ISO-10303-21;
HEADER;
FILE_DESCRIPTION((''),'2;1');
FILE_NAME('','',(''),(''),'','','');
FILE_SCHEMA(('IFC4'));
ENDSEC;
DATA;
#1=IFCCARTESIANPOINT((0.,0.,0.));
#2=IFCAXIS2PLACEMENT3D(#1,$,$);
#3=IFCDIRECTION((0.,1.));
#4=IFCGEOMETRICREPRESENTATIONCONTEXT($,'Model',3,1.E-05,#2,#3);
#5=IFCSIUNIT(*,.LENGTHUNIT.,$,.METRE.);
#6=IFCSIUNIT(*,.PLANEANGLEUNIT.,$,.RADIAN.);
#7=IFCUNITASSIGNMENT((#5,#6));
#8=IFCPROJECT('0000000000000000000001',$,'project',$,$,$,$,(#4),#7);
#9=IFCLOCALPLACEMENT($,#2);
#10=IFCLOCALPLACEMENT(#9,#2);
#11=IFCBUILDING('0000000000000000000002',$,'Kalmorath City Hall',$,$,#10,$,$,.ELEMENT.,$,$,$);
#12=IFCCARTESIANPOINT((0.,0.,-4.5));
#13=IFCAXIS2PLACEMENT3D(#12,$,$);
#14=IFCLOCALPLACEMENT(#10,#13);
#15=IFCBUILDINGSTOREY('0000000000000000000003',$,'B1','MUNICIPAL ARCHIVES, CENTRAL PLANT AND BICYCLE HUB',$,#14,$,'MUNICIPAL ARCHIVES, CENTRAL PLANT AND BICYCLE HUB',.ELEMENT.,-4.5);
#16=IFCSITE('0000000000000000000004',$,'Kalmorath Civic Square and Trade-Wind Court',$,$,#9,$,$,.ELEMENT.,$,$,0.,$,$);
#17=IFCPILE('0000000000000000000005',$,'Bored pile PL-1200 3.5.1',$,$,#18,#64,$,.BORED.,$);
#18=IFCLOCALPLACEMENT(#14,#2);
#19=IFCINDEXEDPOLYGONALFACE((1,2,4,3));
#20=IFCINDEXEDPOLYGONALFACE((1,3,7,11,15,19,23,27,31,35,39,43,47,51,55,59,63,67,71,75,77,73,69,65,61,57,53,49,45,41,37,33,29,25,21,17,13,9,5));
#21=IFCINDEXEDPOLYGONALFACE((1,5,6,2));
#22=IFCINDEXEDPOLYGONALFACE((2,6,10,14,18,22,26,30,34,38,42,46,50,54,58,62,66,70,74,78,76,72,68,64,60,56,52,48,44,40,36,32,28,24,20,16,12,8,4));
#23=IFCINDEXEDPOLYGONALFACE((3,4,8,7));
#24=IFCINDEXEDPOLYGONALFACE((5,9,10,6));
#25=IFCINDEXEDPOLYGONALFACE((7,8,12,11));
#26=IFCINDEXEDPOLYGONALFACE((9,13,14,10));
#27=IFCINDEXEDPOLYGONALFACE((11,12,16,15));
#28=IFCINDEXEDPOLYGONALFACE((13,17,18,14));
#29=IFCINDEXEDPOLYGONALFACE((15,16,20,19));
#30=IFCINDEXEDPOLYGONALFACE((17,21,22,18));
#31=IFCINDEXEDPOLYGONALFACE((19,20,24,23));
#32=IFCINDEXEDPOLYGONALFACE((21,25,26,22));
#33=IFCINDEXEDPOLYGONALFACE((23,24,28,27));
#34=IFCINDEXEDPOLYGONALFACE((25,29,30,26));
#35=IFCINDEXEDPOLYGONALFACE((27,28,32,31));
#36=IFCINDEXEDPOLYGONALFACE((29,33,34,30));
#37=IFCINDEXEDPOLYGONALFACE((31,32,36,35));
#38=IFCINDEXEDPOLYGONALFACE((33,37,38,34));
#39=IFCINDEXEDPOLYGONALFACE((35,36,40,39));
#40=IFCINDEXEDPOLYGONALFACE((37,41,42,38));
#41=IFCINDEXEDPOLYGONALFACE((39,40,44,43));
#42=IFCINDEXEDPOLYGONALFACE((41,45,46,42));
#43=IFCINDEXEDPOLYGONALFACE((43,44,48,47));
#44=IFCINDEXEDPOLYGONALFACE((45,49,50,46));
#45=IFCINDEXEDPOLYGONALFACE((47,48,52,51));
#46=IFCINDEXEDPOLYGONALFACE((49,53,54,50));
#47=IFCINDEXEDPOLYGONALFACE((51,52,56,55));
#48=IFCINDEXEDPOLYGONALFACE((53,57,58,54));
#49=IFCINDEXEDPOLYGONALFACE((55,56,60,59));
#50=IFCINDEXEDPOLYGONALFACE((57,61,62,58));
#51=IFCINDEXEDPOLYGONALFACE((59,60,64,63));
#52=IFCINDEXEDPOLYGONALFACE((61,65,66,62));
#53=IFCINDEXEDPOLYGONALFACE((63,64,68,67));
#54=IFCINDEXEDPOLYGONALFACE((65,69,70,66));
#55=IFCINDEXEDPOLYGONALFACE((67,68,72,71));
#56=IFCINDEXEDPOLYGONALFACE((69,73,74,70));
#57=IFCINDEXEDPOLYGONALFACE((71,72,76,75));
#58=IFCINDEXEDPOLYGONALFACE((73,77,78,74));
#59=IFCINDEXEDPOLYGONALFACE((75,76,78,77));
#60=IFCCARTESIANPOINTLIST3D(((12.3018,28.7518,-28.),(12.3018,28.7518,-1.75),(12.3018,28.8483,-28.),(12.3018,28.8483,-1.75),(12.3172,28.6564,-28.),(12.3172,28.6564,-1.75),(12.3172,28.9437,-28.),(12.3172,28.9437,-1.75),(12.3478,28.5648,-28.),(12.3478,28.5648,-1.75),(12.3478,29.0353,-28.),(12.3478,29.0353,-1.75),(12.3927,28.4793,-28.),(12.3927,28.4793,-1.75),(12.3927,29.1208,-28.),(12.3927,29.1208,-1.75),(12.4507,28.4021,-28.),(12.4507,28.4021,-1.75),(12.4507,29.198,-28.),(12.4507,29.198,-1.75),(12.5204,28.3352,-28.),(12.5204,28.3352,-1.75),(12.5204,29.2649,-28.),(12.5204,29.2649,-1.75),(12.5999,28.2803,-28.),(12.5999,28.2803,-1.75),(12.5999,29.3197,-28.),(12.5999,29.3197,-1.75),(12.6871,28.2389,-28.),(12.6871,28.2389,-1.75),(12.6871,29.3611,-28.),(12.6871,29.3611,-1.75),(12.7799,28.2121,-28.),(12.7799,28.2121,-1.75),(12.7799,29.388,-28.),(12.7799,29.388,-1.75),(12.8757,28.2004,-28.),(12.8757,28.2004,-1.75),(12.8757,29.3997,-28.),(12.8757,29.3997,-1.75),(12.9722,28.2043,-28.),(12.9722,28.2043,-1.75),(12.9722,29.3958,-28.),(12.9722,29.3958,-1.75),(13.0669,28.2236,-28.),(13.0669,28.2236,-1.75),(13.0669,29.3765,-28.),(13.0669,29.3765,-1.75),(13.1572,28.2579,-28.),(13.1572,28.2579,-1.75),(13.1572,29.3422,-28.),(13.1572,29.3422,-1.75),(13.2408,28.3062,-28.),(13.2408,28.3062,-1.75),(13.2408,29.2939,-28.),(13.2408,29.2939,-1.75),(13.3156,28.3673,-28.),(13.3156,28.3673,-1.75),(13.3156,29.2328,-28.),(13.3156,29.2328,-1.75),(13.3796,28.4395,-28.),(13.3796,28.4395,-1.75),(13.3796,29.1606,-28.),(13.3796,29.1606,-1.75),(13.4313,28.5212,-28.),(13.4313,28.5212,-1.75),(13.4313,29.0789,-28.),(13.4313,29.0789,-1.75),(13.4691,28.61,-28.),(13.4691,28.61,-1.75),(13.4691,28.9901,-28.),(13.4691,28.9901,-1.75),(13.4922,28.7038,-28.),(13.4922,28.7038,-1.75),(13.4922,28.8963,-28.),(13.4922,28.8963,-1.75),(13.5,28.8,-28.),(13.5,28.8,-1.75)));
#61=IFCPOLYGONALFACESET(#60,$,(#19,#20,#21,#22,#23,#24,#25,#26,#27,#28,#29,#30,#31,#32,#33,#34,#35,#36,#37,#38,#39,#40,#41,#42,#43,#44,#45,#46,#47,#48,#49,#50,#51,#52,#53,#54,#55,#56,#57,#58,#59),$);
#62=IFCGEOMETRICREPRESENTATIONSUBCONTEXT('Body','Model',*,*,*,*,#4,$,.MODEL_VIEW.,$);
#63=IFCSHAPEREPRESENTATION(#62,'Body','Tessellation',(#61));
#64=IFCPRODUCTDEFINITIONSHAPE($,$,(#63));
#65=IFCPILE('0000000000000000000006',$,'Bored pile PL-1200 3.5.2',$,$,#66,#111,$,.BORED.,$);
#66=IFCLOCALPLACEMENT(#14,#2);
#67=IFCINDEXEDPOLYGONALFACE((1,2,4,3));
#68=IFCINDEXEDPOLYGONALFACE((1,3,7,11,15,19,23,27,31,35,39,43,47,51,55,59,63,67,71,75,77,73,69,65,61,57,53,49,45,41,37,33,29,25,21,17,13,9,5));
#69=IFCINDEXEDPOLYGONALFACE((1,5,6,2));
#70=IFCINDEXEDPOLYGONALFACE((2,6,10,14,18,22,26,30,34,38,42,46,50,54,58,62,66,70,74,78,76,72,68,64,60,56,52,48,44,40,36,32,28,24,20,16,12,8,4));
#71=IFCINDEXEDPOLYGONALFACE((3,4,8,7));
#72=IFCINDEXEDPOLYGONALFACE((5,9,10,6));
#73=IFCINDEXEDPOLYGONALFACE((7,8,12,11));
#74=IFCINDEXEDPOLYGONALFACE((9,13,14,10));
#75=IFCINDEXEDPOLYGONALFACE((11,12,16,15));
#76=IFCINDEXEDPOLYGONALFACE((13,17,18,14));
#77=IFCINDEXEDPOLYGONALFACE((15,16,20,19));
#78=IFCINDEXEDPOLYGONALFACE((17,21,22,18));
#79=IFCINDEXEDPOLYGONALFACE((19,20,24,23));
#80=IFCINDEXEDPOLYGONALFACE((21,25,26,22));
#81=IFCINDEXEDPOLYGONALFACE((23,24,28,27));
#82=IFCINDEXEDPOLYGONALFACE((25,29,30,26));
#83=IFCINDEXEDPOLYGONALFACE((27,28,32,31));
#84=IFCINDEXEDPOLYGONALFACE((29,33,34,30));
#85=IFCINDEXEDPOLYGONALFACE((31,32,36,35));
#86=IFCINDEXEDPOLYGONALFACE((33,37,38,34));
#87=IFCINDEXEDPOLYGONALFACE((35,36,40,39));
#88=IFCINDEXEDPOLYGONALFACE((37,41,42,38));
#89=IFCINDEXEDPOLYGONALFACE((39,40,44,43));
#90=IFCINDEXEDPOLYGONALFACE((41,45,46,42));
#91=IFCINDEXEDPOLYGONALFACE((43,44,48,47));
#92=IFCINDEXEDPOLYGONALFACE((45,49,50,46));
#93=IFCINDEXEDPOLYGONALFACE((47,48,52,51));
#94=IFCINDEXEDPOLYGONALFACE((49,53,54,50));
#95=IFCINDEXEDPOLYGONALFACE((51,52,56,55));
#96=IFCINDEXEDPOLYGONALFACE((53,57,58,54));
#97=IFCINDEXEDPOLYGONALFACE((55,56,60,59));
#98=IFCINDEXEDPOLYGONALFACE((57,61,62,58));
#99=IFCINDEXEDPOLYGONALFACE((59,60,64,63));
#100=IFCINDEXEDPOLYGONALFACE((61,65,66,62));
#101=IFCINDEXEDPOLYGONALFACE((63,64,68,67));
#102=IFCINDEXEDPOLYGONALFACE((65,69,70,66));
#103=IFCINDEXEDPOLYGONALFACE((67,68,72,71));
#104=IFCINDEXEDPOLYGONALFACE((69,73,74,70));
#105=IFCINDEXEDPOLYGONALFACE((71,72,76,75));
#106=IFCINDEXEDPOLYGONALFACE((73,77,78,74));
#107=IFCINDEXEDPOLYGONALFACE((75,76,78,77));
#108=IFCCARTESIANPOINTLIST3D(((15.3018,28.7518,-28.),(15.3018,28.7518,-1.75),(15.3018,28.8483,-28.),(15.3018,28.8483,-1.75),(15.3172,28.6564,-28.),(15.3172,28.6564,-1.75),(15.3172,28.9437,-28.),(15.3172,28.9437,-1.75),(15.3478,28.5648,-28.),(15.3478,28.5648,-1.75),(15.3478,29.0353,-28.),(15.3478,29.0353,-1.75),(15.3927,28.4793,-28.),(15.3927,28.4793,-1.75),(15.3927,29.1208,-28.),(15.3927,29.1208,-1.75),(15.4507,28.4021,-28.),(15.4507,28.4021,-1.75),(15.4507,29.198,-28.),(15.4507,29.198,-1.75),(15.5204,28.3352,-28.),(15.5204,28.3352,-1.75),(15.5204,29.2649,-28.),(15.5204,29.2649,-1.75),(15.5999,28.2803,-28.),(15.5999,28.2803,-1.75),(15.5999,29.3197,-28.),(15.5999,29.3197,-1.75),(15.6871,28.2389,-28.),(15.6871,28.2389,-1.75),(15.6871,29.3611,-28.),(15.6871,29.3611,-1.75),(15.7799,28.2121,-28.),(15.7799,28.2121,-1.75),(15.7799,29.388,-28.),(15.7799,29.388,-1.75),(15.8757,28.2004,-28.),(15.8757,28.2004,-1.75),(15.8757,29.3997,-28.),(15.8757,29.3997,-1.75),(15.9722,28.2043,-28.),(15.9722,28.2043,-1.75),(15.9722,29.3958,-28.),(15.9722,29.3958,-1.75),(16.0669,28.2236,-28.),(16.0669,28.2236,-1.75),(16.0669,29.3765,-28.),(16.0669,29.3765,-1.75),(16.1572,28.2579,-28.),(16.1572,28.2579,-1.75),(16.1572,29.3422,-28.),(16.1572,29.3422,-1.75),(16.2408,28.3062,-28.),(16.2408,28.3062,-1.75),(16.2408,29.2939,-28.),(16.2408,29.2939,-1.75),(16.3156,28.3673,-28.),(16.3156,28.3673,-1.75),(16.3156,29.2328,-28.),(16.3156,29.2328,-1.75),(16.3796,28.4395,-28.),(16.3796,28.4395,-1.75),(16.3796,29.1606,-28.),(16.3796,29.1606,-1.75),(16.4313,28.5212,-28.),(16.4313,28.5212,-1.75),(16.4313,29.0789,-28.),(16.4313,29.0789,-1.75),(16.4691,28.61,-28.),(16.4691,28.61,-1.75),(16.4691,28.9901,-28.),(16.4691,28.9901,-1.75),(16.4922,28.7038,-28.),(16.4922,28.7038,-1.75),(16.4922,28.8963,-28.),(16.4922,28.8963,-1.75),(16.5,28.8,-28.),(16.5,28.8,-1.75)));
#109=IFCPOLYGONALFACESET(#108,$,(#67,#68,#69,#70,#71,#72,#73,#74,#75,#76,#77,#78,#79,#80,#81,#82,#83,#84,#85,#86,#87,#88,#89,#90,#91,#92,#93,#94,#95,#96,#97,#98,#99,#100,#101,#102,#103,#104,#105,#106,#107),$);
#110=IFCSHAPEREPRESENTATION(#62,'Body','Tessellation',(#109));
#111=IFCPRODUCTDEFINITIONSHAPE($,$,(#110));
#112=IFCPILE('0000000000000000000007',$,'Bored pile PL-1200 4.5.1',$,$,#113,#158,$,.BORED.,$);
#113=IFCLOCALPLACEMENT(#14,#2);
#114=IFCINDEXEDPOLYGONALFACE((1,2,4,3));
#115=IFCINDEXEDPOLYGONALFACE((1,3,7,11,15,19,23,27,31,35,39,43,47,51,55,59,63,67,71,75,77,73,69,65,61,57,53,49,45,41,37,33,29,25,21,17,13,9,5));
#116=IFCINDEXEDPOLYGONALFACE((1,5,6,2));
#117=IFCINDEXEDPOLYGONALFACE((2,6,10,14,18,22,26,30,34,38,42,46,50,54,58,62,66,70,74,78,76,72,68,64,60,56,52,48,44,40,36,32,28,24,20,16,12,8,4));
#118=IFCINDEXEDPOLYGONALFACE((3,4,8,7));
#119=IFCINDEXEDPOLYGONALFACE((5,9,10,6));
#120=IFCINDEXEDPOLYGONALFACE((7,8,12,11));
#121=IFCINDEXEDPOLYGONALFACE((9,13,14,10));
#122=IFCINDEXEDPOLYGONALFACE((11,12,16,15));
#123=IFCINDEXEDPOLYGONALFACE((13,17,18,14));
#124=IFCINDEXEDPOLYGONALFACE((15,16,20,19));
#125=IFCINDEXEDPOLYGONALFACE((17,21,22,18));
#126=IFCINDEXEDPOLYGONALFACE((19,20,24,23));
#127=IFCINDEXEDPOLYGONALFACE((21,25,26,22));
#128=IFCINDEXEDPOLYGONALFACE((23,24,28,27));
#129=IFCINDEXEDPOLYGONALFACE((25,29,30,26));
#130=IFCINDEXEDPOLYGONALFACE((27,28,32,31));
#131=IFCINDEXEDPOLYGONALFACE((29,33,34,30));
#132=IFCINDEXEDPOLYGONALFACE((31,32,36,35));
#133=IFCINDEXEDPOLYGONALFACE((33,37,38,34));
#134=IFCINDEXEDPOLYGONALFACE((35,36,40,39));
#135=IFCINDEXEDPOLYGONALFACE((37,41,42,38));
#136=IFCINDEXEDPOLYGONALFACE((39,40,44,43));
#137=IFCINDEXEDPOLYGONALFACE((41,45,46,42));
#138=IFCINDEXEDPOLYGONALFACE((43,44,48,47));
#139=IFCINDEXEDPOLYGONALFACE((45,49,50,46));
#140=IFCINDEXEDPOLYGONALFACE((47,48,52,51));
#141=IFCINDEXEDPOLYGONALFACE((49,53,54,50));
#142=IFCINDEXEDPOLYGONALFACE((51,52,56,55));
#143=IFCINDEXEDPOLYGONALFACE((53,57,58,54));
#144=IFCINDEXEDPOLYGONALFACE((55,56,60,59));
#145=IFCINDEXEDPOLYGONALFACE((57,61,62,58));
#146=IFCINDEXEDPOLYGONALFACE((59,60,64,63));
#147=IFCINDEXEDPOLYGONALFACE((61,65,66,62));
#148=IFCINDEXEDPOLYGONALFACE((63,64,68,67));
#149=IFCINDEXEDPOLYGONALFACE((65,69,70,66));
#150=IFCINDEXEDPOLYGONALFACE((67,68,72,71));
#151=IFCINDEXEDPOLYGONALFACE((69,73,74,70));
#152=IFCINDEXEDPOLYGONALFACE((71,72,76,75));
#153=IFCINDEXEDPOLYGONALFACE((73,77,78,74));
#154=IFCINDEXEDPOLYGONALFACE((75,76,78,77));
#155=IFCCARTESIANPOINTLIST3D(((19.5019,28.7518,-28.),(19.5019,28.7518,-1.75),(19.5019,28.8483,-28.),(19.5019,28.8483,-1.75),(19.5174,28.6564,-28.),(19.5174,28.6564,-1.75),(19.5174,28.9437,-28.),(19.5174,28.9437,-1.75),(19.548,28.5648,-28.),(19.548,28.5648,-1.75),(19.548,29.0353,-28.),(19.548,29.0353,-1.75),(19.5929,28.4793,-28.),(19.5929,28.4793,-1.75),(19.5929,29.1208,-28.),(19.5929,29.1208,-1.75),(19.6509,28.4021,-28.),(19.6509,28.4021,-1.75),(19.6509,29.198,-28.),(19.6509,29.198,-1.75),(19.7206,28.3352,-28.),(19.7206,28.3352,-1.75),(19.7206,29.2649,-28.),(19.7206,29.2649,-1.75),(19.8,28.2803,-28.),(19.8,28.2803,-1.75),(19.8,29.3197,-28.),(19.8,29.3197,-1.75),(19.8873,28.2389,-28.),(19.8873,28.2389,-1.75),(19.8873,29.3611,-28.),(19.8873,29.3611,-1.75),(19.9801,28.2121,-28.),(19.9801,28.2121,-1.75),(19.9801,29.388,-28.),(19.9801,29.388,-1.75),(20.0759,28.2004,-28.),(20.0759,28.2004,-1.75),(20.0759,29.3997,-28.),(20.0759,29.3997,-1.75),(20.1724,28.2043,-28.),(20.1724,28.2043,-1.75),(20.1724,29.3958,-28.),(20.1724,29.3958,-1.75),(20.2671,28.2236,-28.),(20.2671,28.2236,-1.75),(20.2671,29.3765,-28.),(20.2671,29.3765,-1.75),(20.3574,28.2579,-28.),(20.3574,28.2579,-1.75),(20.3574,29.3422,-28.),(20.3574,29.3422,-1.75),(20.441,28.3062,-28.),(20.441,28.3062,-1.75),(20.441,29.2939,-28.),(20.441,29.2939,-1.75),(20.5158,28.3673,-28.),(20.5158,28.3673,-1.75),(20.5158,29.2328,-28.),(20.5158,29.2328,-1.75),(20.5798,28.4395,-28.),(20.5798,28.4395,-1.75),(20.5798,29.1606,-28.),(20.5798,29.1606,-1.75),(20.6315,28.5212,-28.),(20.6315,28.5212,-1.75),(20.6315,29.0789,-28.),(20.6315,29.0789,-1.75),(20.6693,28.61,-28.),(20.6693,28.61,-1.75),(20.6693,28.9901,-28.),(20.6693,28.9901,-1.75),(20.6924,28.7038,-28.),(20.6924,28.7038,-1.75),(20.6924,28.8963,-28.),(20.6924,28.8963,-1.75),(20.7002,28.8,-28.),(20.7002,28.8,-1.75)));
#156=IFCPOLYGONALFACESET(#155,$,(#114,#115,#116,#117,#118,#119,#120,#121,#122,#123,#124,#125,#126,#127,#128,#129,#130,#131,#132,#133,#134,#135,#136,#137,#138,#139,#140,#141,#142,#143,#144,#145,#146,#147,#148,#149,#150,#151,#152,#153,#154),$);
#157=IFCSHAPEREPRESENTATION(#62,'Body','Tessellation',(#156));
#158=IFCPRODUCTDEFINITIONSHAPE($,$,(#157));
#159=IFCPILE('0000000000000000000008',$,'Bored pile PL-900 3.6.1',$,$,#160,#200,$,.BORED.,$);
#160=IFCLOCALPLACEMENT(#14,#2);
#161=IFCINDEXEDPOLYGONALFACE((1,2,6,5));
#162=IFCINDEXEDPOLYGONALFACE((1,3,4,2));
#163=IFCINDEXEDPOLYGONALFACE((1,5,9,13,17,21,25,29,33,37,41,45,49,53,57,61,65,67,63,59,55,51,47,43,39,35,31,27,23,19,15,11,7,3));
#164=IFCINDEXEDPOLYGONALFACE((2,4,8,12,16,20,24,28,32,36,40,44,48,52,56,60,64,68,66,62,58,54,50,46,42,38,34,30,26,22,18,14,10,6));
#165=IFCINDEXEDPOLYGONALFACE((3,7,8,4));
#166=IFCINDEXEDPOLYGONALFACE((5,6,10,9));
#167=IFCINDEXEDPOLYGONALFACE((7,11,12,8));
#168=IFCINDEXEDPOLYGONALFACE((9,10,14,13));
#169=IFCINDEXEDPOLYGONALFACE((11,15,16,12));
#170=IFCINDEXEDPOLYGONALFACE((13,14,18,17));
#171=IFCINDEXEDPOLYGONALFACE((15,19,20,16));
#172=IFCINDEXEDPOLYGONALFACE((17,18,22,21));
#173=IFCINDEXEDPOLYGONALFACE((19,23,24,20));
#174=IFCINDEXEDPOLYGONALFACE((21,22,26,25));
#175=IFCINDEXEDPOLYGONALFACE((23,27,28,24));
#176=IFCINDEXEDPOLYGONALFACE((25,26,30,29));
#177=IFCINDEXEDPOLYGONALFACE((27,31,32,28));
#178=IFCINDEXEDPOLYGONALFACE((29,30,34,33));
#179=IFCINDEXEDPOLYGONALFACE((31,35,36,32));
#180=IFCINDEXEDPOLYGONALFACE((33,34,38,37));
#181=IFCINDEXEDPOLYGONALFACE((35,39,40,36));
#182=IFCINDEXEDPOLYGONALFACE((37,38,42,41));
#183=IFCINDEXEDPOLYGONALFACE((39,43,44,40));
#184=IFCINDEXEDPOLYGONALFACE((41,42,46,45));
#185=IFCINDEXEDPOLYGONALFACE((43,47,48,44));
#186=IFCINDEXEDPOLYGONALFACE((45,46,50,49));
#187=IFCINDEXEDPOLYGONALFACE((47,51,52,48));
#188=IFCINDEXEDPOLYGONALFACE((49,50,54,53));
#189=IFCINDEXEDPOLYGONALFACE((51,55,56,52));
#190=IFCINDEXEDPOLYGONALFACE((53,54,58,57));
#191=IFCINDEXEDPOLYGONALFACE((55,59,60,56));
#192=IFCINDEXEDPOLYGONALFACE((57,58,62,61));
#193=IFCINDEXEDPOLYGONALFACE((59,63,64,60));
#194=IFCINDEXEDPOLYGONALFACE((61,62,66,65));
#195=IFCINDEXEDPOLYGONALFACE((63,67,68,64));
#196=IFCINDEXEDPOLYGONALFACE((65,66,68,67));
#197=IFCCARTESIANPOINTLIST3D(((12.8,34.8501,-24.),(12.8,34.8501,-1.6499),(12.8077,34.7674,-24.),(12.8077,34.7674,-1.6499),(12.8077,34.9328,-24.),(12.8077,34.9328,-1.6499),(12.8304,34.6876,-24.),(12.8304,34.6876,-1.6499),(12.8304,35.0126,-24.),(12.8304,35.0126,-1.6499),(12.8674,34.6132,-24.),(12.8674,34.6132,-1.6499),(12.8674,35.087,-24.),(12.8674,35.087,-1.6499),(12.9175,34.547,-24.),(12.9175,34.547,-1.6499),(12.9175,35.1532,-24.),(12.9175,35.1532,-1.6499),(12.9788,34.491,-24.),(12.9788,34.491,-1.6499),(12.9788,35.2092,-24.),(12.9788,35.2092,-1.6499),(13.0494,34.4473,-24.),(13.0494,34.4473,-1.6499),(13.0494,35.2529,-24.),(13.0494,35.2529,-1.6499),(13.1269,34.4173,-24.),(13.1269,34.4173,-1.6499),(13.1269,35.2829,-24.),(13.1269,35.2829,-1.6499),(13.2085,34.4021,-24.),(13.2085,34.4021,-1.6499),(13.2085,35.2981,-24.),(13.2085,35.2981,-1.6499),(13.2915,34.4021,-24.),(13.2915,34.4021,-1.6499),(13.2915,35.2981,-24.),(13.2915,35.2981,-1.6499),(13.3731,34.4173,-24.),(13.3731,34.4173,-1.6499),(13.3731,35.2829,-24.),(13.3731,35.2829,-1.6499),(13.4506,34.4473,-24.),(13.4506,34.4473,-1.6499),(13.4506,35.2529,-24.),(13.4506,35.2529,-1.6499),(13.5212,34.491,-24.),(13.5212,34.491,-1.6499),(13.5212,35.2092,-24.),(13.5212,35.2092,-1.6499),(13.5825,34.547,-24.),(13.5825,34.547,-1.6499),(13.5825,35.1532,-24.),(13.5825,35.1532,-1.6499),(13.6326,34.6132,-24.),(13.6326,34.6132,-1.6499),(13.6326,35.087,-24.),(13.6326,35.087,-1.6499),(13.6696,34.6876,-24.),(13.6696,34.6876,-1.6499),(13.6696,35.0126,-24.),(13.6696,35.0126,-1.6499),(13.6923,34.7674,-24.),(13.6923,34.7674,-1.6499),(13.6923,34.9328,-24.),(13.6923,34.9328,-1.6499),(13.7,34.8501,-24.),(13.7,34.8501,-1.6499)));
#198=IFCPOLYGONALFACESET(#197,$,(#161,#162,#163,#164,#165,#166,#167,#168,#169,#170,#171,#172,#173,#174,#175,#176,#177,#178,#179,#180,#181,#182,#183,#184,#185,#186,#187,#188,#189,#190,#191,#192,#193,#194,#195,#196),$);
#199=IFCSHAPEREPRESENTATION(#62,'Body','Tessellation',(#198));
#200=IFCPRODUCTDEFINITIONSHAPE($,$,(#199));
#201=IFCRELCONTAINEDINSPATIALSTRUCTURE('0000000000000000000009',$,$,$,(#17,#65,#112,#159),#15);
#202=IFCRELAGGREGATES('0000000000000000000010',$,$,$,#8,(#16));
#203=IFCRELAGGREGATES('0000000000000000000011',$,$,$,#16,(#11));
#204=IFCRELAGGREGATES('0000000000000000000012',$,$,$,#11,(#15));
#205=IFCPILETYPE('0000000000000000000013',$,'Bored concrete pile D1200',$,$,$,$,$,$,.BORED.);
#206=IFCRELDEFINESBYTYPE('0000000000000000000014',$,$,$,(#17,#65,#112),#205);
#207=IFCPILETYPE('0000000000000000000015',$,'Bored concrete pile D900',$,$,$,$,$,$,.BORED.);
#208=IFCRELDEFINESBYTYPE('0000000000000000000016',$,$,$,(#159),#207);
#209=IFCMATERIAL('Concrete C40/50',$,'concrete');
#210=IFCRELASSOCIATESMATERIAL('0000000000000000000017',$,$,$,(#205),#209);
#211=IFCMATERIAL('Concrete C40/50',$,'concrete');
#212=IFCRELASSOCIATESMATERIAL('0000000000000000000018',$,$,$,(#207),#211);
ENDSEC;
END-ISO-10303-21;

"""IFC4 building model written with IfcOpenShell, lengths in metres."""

from ifc_helpers import new_model, si_unit, direction, frame, origin, origin_2d, place, context, subcontext, project, spatial, circle, extrude, material, material_profile, profile_set, type_object, element, save


model = new_model("IFC4")

# Units and contexts
model_context = context("Model", 3, precision=1e-05, world=origin(), true_north=direction((0.0, 1.0)))
body_context = subcontext(model_context, "Body", "Model", "MODEL_VIEW")
ifc_project = project(units=[si_unit("LENGTHUNIT", "METRE"), si_unit("PLANEANGLEUNIT", "RADIAN")], contexts=[model_context])

# Site, building, storey
site_placement = place(None, origin())
site = spatial("IfcSite", under=ifc_project, at=site_placement, Name="Kalmorath Civic Square and Trade-Wind Court", CompositionType="ELEMENT", RefElevation=0.0)
building_placement = place(site_placement, origin())
building = spatial("IfcBuilding", under=site, at=building_placement, Name="Kalmorath City Hall", CompositionType="ELEMENT")
storey_placement = place(building_placement, frame((0.0, 0.0, -4.5)))
storey = spatial("IfcBuildingStorey", under=building, at=storey_placement, Name="B1", Description="MUNICIPAL ARCHIVES, CENTRAL PLANT AND BICYCLE HUB", LongName="MUNICIPAL ARCHIVES, CENTRAL PLANT AND BICYCLE HUB", CompositionType="ELEMENT", Elevation=-4.5)

# Piles
ifc_material_1 = material(Name="Concrete C40/50", Category="concrete")
ifc_material_profile_1 = material_profile(ifc_material_1, circle(Radius=0.6001, at=origin_2d()), Name="PILE-D1200")
ifc_profile_set_1 = profile_set([ifc_material_profile_1], Name="Concrete C40/50")
pile_type_1 = type_object("IfcPileType", Name="Bored concrete pile D1200", PredefinedType="BORED", material=ifc_profile_set_1)
for number, where, z_axis, x_axis, name in (
    (1, (12.8999, 28.8, -1.75), (0.0, 0.0, -1.0), (1.0, 0.0, 0.0), "Bored pile PL-1200 3.5.1"),
    (2, (15.8999, 28.8, -1.75), (0.0, 0.0, -1.0), (1.0, 0.0, 0.0), "Bored pile PL-1200 3.5.2"),
    (3, (20.1001, 28.8, -1.75), (0.0, 0.0, -1.0), (1.0, 0.0, 0.0), "Bored pile PL-1200 4.5.1"),
):
    element("IfcPile", number, at=place(storey_placement, frame(where, z_axis=z_axis, x_axis=x_axis)), inside=storey, type_object=pile_type_1, Name=name, PredefinedType="BORED", context=body_context, shape_type="SweptSolid", body=[
        extrude(circle(Radius=0.6001, at=origin_2d()), origin(), (0.0, 0.0, 1.0), 26.25),
    ])
ifc_material_2 = material(Name="Concrete C40/50", Category="concrete")
ifc_material_profile_2 = material_profile(ifc_material_2, circle(Radius=0.45, at=origin_2d()), Name="PILE-D900")
ifc_profile_set_2 = profile_set([ifc_material_profile_2], Name="Concrete C40/50")
pile_type_2 = type_object("IfcPileType", Name="Bored concrete pile D900", PredefinedType="BORED", material=ifc_profile_set_2)
for number, where, z_axis, x_axis, name in (
    (4, (13.25, 34.8501, -1.6499), (0.0, 0.0, -1.0), (1.0, 0.0, 0.0), "Bored pile PL-900 3.6.1"),
):
    element("IfcPile", number, at=place(storey_placement, frame(where, z_axis=z_axis, x_axis=x_axis)), inside=storey, type_object=pile_type_2, Name=name, PredefinedType="BORED", context=body_context, shape_type="SweptSolid", body=[
        extrude(circle(Radius=0.45, at=origin_2d()), origin(), (0.0, 0.0, 1.0), 22.3501),
    ])

save(model, "model.ifc")
